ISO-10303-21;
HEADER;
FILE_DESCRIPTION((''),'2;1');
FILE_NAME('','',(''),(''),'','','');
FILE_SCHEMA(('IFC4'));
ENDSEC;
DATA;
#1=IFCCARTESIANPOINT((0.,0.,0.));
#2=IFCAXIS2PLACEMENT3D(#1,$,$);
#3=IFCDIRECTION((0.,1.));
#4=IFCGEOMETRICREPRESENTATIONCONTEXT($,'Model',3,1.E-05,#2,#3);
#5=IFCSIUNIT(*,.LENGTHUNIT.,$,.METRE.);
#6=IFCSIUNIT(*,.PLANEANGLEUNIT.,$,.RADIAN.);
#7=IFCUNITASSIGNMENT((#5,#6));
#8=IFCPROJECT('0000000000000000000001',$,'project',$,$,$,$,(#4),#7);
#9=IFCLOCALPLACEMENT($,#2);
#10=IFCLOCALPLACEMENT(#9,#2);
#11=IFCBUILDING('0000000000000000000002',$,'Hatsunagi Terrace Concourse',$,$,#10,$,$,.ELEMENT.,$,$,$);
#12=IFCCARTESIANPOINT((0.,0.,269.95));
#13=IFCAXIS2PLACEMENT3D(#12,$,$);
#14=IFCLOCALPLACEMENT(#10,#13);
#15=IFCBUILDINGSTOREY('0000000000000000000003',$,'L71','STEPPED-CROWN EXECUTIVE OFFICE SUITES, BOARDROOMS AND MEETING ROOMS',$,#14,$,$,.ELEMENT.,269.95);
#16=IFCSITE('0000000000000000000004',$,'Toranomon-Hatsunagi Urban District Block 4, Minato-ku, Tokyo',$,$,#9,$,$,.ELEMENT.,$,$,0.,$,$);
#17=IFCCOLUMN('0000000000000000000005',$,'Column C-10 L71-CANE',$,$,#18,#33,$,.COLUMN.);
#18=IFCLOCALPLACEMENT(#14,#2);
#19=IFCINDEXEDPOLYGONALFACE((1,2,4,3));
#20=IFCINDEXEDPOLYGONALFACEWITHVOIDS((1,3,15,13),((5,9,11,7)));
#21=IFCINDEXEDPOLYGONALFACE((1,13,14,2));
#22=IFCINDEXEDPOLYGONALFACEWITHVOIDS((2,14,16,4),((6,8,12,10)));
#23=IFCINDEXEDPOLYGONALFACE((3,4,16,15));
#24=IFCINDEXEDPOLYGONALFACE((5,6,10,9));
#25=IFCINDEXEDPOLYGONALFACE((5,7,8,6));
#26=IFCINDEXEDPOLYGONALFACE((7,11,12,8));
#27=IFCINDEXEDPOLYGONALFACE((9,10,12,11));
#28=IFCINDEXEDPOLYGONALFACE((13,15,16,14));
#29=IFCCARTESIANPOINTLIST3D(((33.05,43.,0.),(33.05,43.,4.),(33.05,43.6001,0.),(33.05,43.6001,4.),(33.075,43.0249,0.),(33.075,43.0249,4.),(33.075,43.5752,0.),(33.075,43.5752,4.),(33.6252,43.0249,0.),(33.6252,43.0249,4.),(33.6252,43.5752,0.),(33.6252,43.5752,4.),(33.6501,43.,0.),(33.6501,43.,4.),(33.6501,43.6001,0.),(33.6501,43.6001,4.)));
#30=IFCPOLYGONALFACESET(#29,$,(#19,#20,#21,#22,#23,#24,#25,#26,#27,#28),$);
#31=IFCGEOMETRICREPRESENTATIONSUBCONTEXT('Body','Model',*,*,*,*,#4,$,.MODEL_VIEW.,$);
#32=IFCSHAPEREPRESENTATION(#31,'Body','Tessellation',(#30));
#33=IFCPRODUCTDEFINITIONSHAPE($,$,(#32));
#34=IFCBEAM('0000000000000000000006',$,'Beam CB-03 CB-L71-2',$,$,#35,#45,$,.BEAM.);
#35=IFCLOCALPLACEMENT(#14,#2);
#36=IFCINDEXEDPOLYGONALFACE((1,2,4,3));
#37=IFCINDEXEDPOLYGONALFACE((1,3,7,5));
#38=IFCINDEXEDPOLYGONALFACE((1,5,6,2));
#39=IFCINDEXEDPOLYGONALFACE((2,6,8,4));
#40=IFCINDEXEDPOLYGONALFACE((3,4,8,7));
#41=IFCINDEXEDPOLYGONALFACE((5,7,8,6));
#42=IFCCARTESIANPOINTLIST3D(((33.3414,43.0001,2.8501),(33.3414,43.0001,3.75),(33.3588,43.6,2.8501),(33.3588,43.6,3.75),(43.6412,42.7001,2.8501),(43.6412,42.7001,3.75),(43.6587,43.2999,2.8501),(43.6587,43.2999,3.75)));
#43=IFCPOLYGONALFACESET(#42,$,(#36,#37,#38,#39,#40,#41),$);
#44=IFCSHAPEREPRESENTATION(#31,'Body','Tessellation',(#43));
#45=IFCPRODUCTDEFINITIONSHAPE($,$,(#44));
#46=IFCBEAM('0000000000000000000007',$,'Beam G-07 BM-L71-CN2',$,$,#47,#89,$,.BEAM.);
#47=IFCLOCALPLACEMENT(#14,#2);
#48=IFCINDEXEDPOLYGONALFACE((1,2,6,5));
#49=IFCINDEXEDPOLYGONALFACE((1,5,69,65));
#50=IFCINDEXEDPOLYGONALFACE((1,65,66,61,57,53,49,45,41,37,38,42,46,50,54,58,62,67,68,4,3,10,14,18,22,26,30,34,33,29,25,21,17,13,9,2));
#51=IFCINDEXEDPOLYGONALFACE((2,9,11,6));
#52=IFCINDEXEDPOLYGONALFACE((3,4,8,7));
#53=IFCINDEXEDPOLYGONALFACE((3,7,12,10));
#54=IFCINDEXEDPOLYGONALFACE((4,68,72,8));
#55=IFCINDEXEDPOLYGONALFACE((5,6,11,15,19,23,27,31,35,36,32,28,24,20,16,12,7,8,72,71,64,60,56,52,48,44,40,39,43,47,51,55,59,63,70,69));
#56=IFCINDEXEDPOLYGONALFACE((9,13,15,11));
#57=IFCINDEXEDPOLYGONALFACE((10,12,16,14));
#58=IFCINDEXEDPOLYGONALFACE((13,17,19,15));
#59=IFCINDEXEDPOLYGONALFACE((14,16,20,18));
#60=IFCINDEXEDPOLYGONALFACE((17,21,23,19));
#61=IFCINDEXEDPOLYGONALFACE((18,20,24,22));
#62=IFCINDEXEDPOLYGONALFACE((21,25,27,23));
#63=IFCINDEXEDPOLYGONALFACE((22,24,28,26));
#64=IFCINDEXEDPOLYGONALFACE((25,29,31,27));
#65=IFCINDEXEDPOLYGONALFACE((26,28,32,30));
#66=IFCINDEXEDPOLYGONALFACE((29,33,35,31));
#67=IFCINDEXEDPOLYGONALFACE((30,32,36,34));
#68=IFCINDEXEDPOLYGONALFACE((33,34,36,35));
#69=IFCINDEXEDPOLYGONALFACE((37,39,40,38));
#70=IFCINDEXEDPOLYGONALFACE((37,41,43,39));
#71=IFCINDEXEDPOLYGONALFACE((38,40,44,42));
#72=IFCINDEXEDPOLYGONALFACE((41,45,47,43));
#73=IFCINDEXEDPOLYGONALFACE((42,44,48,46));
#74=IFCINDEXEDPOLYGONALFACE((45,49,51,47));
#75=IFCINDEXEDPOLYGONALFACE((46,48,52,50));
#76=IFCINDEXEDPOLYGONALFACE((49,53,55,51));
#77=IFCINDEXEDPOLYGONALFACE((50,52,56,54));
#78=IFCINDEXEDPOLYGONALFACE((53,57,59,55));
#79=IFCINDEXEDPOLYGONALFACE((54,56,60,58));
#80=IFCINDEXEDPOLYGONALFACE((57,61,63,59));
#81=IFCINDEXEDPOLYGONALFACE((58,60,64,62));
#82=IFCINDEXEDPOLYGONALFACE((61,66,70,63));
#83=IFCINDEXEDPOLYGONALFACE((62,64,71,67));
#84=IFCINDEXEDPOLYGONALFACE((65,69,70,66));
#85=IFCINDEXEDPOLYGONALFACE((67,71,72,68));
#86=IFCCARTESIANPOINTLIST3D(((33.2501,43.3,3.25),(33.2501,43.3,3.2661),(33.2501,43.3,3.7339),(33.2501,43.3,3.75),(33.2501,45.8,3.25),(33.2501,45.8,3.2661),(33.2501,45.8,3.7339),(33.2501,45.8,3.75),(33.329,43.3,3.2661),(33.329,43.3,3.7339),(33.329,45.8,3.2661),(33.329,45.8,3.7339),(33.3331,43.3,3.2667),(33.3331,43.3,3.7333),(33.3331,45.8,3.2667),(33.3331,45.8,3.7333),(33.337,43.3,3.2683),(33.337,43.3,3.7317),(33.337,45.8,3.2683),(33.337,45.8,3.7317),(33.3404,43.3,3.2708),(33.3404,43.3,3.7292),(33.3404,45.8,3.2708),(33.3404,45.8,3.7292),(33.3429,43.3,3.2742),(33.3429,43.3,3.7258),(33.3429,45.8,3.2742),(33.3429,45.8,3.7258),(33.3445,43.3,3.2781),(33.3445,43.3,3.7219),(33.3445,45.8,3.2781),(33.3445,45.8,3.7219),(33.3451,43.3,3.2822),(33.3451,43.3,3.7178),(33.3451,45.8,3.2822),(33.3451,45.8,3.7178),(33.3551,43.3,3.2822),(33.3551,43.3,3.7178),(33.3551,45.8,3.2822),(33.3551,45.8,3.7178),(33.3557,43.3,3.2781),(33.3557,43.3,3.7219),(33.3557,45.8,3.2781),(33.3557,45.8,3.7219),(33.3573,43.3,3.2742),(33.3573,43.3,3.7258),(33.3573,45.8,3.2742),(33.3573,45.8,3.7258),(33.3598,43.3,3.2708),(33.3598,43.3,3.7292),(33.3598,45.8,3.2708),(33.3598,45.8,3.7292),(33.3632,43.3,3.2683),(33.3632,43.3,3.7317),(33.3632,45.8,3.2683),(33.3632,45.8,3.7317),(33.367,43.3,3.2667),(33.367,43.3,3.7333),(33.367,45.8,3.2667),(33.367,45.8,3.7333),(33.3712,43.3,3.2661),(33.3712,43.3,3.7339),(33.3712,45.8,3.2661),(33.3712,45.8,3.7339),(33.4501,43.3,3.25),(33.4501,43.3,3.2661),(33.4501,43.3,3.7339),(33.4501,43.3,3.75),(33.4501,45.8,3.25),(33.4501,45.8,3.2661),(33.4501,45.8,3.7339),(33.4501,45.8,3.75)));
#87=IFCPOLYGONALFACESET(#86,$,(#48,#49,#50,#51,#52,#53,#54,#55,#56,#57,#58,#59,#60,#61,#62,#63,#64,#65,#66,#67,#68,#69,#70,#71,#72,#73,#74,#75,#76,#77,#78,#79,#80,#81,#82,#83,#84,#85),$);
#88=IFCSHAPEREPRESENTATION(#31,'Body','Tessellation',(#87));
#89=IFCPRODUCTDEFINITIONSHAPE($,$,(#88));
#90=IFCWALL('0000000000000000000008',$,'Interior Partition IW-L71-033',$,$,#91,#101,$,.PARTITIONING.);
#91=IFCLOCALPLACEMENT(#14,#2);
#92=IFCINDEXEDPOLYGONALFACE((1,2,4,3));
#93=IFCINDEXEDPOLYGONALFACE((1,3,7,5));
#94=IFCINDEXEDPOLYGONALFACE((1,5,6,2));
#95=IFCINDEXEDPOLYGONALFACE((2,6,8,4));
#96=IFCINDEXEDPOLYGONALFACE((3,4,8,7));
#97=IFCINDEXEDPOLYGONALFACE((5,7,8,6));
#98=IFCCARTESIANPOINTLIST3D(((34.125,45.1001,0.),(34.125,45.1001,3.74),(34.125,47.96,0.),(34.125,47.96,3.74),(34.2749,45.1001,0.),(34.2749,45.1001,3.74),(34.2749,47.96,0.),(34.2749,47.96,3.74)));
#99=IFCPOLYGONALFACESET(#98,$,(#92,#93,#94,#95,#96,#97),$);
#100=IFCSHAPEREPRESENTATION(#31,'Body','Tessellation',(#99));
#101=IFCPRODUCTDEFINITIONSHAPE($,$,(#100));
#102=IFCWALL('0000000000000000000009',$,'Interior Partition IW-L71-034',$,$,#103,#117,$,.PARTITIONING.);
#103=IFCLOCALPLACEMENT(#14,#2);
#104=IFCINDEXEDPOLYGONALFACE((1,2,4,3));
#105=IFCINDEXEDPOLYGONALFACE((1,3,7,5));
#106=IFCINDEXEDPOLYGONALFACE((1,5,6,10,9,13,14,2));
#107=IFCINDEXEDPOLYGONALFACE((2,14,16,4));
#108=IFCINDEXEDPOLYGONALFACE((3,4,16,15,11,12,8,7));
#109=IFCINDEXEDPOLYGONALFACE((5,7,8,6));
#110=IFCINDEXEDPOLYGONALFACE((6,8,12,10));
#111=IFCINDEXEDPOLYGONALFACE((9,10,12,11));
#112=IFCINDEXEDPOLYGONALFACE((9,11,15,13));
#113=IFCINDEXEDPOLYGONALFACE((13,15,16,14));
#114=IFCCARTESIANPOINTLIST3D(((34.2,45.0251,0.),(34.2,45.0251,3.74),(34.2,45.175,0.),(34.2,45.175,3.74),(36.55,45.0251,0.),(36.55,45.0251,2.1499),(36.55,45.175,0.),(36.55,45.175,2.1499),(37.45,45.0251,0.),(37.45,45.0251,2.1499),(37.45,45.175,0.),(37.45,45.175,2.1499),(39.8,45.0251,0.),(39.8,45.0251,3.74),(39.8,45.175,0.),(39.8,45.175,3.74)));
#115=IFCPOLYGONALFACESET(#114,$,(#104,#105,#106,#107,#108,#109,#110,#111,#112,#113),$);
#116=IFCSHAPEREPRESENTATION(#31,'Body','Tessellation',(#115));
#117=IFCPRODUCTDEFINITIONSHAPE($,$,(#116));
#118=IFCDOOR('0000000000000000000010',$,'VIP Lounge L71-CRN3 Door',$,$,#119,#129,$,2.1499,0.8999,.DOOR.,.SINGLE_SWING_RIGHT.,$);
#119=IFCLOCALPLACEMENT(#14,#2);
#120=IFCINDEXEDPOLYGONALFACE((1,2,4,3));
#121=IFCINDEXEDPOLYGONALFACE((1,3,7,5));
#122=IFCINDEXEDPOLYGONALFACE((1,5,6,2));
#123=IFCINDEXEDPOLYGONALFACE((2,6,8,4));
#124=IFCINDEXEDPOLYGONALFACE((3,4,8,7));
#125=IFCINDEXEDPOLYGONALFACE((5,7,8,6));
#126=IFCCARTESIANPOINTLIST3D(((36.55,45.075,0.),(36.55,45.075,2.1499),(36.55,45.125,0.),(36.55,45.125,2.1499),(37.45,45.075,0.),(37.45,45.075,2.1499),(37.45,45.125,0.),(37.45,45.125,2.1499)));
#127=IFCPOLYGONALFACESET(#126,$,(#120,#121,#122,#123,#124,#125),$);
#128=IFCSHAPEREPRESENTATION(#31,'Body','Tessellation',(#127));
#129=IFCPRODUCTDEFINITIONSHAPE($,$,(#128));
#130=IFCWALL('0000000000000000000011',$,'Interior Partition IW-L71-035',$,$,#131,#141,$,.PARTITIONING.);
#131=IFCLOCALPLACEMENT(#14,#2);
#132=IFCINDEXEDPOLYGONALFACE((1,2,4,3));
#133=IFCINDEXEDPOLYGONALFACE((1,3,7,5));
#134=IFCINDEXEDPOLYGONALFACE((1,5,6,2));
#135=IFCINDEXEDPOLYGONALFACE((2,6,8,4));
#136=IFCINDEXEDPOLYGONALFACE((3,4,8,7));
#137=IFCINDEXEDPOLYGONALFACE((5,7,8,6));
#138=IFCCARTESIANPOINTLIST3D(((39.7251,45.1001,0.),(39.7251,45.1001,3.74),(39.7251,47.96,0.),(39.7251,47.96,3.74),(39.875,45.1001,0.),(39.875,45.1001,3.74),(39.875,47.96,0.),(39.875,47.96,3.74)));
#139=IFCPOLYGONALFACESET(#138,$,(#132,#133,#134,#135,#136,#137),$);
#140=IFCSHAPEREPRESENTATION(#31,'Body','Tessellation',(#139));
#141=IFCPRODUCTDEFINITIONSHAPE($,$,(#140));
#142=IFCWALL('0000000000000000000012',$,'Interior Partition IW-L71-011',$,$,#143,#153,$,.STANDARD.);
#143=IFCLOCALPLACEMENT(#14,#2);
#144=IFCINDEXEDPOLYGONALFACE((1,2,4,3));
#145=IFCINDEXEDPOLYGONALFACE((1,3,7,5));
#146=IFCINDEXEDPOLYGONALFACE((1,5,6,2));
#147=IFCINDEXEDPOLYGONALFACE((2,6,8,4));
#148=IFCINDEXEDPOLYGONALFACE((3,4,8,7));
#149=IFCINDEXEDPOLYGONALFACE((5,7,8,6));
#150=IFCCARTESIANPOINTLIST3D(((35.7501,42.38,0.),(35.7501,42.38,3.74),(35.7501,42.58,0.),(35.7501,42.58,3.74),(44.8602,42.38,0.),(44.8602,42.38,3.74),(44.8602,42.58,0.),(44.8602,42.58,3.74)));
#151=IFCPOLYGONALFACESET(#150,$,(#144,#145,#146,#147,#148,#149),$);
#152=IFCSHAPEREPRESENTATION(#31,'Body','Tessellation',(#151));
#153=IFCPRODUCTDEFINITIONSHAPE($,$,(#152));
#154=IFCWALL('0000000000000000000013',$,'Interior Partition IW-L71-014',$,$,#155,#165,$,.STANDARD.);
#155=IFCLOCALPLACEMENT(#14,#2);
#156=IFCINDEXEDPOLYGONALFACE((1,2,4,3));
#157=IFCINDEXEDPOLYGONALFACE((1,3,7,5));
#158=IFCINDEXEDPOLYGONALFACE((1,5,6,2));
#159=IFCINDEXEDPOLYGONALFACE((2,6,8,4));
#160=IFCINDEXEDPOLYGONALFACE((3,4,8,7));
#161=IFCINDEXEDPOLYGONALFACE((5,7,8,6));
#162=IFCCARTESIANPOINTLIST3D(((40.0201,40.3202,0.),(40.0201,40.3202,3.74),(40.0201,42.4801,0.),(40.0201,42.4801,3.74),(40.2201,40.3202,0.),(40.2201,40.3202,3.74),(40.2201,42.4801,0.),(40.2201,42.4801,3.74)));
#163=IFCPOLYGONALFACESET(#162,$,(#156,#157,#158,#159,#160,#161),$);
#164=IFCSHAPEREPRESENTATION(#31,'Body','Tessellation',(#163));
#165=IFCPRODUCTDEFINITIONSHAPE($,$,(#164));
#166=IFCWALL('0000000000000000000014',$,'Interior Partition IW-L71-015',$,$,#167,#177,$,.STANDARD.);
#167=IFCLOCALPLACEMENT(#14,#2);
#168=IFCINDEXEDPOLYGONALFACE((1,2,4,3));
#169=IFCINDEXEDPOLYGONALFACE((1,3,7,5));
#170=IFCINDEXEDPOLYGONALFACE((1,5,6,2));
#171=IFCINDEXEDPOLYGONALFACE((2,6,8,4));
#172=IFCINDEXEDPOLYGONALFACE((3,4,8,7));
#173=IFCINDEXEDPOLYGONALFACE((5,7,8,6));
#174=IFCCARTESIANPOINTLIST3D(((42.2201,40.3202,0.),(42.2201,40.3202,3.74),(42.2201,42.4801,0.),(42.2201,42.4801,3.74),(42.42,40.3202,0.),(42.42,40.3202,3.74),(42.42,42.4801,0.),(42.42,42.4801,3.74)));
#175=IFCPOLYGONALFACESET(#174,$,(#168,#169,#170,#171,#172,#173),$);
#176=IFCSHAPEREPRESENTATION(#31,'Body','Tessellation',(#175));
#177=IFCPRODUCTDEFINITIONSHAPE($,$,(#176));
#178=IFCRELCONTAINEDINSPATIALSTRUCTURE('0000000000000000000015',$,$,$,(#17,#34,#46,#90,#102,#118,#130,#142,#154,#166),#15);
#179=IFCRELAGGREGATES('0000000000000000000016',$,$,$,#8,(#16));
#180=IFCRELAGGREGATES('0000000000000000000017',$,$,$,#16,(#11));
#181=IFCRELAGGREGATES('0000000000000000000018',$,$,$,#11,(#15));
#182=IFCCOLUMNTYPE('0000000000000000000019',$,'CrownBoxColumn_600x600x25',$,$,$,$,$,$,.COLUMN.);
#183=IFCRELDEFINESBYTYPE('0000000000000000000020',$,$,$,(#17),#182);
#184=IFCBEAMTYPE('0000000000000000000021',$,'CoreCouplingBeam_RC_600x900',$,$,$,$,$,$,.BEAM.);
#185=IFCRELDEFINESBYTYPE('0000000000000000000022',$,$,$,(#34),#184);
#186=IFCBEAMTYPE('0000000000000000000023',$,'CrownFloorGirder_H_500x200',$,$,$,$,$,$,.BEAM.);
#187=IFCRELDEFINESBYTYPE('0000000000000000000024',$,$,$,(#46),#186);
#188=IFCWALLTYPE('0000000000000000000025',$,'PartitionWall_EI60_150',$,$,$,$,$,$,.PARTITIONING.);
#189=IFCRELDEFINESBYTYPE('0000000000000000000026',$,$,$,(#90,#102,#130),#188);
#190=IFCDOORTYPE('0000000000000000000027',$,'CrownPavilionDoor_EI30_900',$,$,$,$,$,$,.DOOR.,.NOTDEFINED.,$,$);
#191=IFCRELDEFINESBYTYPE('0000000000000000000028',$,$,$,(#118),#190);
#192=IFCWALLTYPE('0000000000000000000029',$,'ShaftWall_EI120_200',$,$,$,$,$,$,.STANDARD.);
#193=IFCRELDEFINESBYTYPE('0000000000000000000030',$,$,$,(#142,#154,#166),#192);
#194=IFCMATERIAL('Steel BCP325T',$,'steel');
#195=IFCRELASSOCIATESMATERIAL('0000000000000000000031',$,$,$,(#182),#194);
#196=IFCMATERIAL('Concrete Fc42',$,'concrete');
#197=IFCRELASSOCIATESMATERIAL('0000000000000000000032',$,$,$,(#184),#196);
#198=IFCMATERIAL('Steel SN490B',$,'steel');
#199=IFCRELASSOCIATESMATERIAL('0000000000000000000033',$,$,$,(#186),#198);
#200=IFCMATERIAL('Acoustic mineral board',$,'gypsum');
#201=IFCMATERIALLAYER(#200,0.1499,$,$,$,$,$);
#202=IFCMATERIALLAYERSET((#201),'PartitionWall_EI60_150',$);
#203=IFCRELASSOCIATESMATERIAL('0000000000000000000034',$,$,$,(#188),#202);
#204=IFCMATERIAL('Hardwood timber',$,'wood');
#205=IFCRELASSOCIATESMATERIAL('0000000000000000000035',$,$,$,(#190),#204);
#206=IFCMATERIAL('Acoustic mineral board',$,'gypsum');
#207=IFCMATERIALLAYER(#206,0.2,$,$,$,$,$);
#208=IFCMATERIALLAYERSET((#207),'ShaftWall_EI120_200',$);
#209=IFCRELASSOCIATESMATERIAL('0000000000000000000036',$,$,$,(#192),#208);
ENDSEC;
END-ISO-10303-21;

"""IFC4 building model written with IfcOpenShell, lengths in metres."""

from ifc_helpers import new_model, si_unit, direction, frame, frame_2d, origin, origin_2d, place, context, subcontext, project, spatial, rectangle, hollow_rectangle, i_section, extrude, material, layer, layer_set, material_profile, profile_set, type_object, element, fill, save


model = new_model("IFC4")

# Units and contexts
model_context = context("Model", 3, precision=1e-05, world=origin(), true_north=direction((0.0, 1.0)))
body_context = subcontext(model_context, "Body", "Model", "MODEL_VIEW")
ifc_project = project(units=[si_unit("LENGTHUNIT", "METRE"), si_unit("PLANEANGLEUNIT", "RADIAN")], contexts=[model_context])

# Site, building, storey
site_placement = place(None, origin())
site = spatial("IfcSite", under=ifc_project, at=site_placement, Name="Toranomon-Hatsunagi Urban District Block 4, Minato-ku, Tokyo", CompositionType="ELEMENT", RefElevation=0.0)
building_placement = place(site_placement, origin())
building = spatial("IfcBuilding", under=site, at=building_placement, Name="Hatsunagi Terrace Concourse", CompositionType="ELEMENT")
storey_placement = place(building_placement, frame((0.0, 0.0, 269.95)))
storey = spatial("IfcBuildingStorey", under=building, at=storey_placement, Name="L71", Description="STEPPED-CROWN EXECUTIVE OFFICE SUITES, BOARDROOMS AND MEETING ROOMS", CompositionType="ELEMENT", Elevation=269.95)

# Column
ifc_material_1 = material(Name="Steel BCP325T", Category="steel")
ifc_material_profile_1 = material_profile(ifc_material_1, hollow_rectangle(XDim=0.6001, YDim=0.6001, WallThickness=0.0249, at=origin_2d()), Name="BCP-600x600x25")
ifc_profile_set_1 = profile_set([ifc_material_profile_1], Name="Steel BCP325T")
column_type = type_object("IfcColumnType", Name="CrownBoxColumn_600x600x25", PredefinedType="COLUMN", material=ifc_profile_set_1)
column_placement = place(storey_placement, frame((33.3501, 43.3, 0.0), z_axis=(0.0, 0.0, 1.0), x_axis=(1.0, 0.0, 0.0)))
element("IfcColumn", 1, at=column_placement, inside=storey, type_object=column_type, Name="Column C-10 L71-CANE", PredefinedType="COLUMN", context=body_context, shape_type="SweptSolid", body=[
    extrude(hollow_rectangle(XDim=0.6001, YDim=0.6001, WallThickness=0.0249, at=origin_2d()), origin(), (0.0, 0.0, 1.0), 4.0),
])

# Beams
ifc_material_2 = material(Name="Concrete Fc42", Category="concrete")
ifc_material_profile_2 = material_profile(ifc_material_2, rectangle(XDim=0.6001, YDim=0.8999, at=origin_2d()), Name="RC-600x900")
ifc_profile_set_2 = profile_set([ifc_material_profile_2], Name="Concrete Fc42")
beam_type_1 = type_object("IfcBeamType", Name="CoreCouplingBeam_RC_600x900", PredefinedType="BEAM", material=ifc_profile_set_2)
beam_1_placement = place(storey_placement, frame((33.3501, 43.3, 3.3), z_axis=(0.999576, -0.029119, 0.0), x_axis=(0.029119, 0.999576, 0.0)))
element("IfcBeam", 2, at=beam_1_placement, inside=storey, type_object=beam_type_1, Name="Beam CB-03 CB-L71-2", PredefinedType="BEAM", context=body_context, shape_type="SweptSolid", body=[
    extrude(rectangle(XDim=0.6001, YDim=0.8999, at=origin_2d()), origin(), (0.0, 0.0, 1.0), 10.3042),
])
ifc_material_3 = material(Name="Steel SN490B", Category="steel")
ifc_material_profile_3 = material_profile(ifc_material_3, i_section(OverallWidth=0.2, OverallDepth=0.5, WebThickness=0.01, FlangeThickness=0.0161, FilletRadius=0.0161, at=origin_2d()), Name="H-500x200x10x16")
ifc_profile_set_3 = profile_set([ifc_material_profile_3], Name="Steel SN490B")
beam_type_2 = type_object("IfcBeamType", Name="CrownFloorGirder_H_500x200", PredefinedType="BEAM", material=ifc_profile_set_3)
beam_2_placement = place(storey_placement, frame((33.3501, 43.3, 3.5), z_axis=(0.0, 1.0, 0.0), x_axis=(-1.0, 0.0, 0.0)))
element("IfcBeam", 3, at=beam_2_placement, inside=storey, type_object=beam_type_2, Name="Beam G-07 BM-L71-CN2", PredefinedType="BEAM", context=body_context, shape_type="SweptSolid", body=[
    extrude(i_section(OverallWidth=0.2, OverallDepth=0.5, WebThickness=0.01, FlangeThickness=0.0161, FilletRadius=0.0161, at=origin_2d()), origin(), (0.0, 0.0, 1.0), 2.5),
])

# Wall
ifc_material_4 = material(Name="Acoustic mineral board", Category="gypsum")
ifc_layer_1 = layer(ifc_material_4, 0.1499)
ifc_layer_set_1 = layer_set([ifc_layer_1], Name="PartitionWall_EI60_150")
wall_type_1 = type_object("IfcWallType", Name="PartitionWall_EI60_150", PredefinedType="PARTITIONING", material=ifc_layer_set_1)
wall_1_placement = place(storey_placement, frame((34.2, 45.1001, 0.0), z_axis=(0.0, 0.0, 1.0), x_axis=(0.0, 1.0, 0.0)))
element("IfcWall", 4, at=wall_1_placement, inside=storey, type_object=wall_type_1, Name="Interior Partition IW-L71-033", PredefinedType="PARTITIONING", context=body_context, shape_type="SweptSolid", body=[
    extrude(rectangle(XDim=2.8599, YDim=0.1499, at=frame_2d((1.4299, 0.0))), origin(), (0.0, 0.0, 1.0), 3.74),
])

# Wall, opening, door
wall_2_placement = place(storey_placement, frame((34.2, 45.1001, 0.0), z_axis=(0.0, 0.0, 1.0), x_axis=(1.0, 0.0, 0.0)))
wall_2 = element("IfcWall", 5, at=wall_2_placement, inside=storey, type_object=wall_type_1, Name="Interior Partition IW-L71-034", PredefinedType="PARTITIONING", context=body_context, shape_type="SweptSolid", body=[
    extrude(rectangle(XDim=5.6001, YDim=0.1499, at=frame_2d((2.8, 0.0))), origin(), (0.0, 0.0, 1.0), 3.74),
])
opening_1_placement = place(wall_2_placement, frame((2.3501, 0.0, 0.0)))
opening_1 = element("IfcOpeningElement", 6, at=opening_1_placement, cuts=wall_2, PredefinedType="OPENING", context=body_context, shape_type="SweptSolid", body=[
    extrude(rectangle(XDim=0.8999, YDim=2.1499, at=frame_2d((0.45, 1.075))), frame((0.0, 0.085, 0.0), z_axis=(0.0, -1.0, 0.0), x_axis=(1.0, 0.0, 0.0)), (0.0, 0.0, 1.0), 0.1699),
])
ifc_material_5 = material(Name="Hardwood timber", Category="wood")
door_type = type_object("IfcDoorType", Name="CrownPavilionDoor_EI30_900", OperationType="NOTDEFINED", PredefinedType="DOOR", material=ifc_material_5)
door_1_placement = place(opening_1_placement, origin())
door_1 = element("IfcDoor", 7, at=door_1_placement, inside=storey, type_object=door_type, Name="VIP Lounge L71-CRN3 Door", OperationType="SINGLE_SWING_RIGHT", OverallHeight=2.1499, OverallWidth=0.8999, PredefinedType="DOOR", context=body_context, shape_type="SweptSolid", body=[
    extrude(rectangle(XDim=0.8999, YDim=2.1499, at=frame_2d((0.45, 1.075))), frame((0.0, 0.0249, 0.0), z_axis=(0.0, -1.0, 0.0), x_axis=(1.0, 0.0, 0.0)), (0.0, 0.0, 1.0), 0.05),
])
fill(opening_1, door_1)

# Wall
wall_3_placement = place(storey_placement, frame((39.8, 45.1001, 0.0), z_axis=(0.0, 0.0, 1.0), x_axis=(0.0, 1.0, 0.0)))
element("IfcWall", 8, at=wall_3_placement, inside=storey, type_object=wall_type_1, Name="Interior Partition IW-L71-035", PredefinedType="PARTITIONING", context=body_context, shape_type="SweptSolid", body=[
    extrude(rectangle(XDim=2.8599, YDim=0.1499, at=frame_2d((1.4299, 0.0))), origin(), (0.0, 0.0, 1.0), 3.74),
])

# Walls
ifc_material_6 = material(Name="Acoustic mineral board", Category="gypsum")
ifc_layer_2 = layer(ifc_material_6, 0.2)
ifc_layer_set_2 = layer_set([ifc_layer_2], Name="ShaftWall_EI120_200")
wall_type_2 = type_object("IfcWallType", Name="ShaftWall_EI120_200", PredefinedType="STANDARD", material=ifc_layer_set_2)
wall_4_placement = place(storey_placement, frame((35.75, 42.48, 0.0), z_axis=(0.0, 0.0, 1.0), x_axis=(1.0, 0.0, 0.0)))
element("IfcWall", 9, at=wall_4_placement, inside=storey, type_object=wall_type_2, Name="Interior Partition IW-L71-011", PredefinedType="STANDARD", context=body_context, shape_type="SweptSolid", body=[
    extrude(rectangle(XDim=9.1101, YDim=0.2, at=frame_2d((4.5552, 0.0))), origin(), (0.0, 0.0, 1.0), 3.74),
])
for number, where, z_axis, x_axis, name in (
    (10, (40.1201, 40.3201, 0.0), (0.0, 0.0, 1.0), (0.0, 1.0, 0.0), "Interior Partition IW-L71-014"),
    (11, (42.3201, 40.3201, 0.0), (0.0, 0.0, 1.0), (0.0, 1.0, 0.0), "Interior Partition IW-L71-015"),
):
    element("IfcWall", number, at=place(storey_placement, frame(where, z_axis=z_axis, x_axis=x_axis)), inside=storey, type_object=wall_type_2, Name=name, PredefinedType="STANDARD", context=body_context, shape_type="SweptSolid", body=[
        extrude(rectangle(XDim=2.1599, YDim=0.2, at=frame_2d((1.0801, 0.0))), origin(), (0.0, 0.0, 1.0), 3.74),
    ])

save(model, "model.ifc")
